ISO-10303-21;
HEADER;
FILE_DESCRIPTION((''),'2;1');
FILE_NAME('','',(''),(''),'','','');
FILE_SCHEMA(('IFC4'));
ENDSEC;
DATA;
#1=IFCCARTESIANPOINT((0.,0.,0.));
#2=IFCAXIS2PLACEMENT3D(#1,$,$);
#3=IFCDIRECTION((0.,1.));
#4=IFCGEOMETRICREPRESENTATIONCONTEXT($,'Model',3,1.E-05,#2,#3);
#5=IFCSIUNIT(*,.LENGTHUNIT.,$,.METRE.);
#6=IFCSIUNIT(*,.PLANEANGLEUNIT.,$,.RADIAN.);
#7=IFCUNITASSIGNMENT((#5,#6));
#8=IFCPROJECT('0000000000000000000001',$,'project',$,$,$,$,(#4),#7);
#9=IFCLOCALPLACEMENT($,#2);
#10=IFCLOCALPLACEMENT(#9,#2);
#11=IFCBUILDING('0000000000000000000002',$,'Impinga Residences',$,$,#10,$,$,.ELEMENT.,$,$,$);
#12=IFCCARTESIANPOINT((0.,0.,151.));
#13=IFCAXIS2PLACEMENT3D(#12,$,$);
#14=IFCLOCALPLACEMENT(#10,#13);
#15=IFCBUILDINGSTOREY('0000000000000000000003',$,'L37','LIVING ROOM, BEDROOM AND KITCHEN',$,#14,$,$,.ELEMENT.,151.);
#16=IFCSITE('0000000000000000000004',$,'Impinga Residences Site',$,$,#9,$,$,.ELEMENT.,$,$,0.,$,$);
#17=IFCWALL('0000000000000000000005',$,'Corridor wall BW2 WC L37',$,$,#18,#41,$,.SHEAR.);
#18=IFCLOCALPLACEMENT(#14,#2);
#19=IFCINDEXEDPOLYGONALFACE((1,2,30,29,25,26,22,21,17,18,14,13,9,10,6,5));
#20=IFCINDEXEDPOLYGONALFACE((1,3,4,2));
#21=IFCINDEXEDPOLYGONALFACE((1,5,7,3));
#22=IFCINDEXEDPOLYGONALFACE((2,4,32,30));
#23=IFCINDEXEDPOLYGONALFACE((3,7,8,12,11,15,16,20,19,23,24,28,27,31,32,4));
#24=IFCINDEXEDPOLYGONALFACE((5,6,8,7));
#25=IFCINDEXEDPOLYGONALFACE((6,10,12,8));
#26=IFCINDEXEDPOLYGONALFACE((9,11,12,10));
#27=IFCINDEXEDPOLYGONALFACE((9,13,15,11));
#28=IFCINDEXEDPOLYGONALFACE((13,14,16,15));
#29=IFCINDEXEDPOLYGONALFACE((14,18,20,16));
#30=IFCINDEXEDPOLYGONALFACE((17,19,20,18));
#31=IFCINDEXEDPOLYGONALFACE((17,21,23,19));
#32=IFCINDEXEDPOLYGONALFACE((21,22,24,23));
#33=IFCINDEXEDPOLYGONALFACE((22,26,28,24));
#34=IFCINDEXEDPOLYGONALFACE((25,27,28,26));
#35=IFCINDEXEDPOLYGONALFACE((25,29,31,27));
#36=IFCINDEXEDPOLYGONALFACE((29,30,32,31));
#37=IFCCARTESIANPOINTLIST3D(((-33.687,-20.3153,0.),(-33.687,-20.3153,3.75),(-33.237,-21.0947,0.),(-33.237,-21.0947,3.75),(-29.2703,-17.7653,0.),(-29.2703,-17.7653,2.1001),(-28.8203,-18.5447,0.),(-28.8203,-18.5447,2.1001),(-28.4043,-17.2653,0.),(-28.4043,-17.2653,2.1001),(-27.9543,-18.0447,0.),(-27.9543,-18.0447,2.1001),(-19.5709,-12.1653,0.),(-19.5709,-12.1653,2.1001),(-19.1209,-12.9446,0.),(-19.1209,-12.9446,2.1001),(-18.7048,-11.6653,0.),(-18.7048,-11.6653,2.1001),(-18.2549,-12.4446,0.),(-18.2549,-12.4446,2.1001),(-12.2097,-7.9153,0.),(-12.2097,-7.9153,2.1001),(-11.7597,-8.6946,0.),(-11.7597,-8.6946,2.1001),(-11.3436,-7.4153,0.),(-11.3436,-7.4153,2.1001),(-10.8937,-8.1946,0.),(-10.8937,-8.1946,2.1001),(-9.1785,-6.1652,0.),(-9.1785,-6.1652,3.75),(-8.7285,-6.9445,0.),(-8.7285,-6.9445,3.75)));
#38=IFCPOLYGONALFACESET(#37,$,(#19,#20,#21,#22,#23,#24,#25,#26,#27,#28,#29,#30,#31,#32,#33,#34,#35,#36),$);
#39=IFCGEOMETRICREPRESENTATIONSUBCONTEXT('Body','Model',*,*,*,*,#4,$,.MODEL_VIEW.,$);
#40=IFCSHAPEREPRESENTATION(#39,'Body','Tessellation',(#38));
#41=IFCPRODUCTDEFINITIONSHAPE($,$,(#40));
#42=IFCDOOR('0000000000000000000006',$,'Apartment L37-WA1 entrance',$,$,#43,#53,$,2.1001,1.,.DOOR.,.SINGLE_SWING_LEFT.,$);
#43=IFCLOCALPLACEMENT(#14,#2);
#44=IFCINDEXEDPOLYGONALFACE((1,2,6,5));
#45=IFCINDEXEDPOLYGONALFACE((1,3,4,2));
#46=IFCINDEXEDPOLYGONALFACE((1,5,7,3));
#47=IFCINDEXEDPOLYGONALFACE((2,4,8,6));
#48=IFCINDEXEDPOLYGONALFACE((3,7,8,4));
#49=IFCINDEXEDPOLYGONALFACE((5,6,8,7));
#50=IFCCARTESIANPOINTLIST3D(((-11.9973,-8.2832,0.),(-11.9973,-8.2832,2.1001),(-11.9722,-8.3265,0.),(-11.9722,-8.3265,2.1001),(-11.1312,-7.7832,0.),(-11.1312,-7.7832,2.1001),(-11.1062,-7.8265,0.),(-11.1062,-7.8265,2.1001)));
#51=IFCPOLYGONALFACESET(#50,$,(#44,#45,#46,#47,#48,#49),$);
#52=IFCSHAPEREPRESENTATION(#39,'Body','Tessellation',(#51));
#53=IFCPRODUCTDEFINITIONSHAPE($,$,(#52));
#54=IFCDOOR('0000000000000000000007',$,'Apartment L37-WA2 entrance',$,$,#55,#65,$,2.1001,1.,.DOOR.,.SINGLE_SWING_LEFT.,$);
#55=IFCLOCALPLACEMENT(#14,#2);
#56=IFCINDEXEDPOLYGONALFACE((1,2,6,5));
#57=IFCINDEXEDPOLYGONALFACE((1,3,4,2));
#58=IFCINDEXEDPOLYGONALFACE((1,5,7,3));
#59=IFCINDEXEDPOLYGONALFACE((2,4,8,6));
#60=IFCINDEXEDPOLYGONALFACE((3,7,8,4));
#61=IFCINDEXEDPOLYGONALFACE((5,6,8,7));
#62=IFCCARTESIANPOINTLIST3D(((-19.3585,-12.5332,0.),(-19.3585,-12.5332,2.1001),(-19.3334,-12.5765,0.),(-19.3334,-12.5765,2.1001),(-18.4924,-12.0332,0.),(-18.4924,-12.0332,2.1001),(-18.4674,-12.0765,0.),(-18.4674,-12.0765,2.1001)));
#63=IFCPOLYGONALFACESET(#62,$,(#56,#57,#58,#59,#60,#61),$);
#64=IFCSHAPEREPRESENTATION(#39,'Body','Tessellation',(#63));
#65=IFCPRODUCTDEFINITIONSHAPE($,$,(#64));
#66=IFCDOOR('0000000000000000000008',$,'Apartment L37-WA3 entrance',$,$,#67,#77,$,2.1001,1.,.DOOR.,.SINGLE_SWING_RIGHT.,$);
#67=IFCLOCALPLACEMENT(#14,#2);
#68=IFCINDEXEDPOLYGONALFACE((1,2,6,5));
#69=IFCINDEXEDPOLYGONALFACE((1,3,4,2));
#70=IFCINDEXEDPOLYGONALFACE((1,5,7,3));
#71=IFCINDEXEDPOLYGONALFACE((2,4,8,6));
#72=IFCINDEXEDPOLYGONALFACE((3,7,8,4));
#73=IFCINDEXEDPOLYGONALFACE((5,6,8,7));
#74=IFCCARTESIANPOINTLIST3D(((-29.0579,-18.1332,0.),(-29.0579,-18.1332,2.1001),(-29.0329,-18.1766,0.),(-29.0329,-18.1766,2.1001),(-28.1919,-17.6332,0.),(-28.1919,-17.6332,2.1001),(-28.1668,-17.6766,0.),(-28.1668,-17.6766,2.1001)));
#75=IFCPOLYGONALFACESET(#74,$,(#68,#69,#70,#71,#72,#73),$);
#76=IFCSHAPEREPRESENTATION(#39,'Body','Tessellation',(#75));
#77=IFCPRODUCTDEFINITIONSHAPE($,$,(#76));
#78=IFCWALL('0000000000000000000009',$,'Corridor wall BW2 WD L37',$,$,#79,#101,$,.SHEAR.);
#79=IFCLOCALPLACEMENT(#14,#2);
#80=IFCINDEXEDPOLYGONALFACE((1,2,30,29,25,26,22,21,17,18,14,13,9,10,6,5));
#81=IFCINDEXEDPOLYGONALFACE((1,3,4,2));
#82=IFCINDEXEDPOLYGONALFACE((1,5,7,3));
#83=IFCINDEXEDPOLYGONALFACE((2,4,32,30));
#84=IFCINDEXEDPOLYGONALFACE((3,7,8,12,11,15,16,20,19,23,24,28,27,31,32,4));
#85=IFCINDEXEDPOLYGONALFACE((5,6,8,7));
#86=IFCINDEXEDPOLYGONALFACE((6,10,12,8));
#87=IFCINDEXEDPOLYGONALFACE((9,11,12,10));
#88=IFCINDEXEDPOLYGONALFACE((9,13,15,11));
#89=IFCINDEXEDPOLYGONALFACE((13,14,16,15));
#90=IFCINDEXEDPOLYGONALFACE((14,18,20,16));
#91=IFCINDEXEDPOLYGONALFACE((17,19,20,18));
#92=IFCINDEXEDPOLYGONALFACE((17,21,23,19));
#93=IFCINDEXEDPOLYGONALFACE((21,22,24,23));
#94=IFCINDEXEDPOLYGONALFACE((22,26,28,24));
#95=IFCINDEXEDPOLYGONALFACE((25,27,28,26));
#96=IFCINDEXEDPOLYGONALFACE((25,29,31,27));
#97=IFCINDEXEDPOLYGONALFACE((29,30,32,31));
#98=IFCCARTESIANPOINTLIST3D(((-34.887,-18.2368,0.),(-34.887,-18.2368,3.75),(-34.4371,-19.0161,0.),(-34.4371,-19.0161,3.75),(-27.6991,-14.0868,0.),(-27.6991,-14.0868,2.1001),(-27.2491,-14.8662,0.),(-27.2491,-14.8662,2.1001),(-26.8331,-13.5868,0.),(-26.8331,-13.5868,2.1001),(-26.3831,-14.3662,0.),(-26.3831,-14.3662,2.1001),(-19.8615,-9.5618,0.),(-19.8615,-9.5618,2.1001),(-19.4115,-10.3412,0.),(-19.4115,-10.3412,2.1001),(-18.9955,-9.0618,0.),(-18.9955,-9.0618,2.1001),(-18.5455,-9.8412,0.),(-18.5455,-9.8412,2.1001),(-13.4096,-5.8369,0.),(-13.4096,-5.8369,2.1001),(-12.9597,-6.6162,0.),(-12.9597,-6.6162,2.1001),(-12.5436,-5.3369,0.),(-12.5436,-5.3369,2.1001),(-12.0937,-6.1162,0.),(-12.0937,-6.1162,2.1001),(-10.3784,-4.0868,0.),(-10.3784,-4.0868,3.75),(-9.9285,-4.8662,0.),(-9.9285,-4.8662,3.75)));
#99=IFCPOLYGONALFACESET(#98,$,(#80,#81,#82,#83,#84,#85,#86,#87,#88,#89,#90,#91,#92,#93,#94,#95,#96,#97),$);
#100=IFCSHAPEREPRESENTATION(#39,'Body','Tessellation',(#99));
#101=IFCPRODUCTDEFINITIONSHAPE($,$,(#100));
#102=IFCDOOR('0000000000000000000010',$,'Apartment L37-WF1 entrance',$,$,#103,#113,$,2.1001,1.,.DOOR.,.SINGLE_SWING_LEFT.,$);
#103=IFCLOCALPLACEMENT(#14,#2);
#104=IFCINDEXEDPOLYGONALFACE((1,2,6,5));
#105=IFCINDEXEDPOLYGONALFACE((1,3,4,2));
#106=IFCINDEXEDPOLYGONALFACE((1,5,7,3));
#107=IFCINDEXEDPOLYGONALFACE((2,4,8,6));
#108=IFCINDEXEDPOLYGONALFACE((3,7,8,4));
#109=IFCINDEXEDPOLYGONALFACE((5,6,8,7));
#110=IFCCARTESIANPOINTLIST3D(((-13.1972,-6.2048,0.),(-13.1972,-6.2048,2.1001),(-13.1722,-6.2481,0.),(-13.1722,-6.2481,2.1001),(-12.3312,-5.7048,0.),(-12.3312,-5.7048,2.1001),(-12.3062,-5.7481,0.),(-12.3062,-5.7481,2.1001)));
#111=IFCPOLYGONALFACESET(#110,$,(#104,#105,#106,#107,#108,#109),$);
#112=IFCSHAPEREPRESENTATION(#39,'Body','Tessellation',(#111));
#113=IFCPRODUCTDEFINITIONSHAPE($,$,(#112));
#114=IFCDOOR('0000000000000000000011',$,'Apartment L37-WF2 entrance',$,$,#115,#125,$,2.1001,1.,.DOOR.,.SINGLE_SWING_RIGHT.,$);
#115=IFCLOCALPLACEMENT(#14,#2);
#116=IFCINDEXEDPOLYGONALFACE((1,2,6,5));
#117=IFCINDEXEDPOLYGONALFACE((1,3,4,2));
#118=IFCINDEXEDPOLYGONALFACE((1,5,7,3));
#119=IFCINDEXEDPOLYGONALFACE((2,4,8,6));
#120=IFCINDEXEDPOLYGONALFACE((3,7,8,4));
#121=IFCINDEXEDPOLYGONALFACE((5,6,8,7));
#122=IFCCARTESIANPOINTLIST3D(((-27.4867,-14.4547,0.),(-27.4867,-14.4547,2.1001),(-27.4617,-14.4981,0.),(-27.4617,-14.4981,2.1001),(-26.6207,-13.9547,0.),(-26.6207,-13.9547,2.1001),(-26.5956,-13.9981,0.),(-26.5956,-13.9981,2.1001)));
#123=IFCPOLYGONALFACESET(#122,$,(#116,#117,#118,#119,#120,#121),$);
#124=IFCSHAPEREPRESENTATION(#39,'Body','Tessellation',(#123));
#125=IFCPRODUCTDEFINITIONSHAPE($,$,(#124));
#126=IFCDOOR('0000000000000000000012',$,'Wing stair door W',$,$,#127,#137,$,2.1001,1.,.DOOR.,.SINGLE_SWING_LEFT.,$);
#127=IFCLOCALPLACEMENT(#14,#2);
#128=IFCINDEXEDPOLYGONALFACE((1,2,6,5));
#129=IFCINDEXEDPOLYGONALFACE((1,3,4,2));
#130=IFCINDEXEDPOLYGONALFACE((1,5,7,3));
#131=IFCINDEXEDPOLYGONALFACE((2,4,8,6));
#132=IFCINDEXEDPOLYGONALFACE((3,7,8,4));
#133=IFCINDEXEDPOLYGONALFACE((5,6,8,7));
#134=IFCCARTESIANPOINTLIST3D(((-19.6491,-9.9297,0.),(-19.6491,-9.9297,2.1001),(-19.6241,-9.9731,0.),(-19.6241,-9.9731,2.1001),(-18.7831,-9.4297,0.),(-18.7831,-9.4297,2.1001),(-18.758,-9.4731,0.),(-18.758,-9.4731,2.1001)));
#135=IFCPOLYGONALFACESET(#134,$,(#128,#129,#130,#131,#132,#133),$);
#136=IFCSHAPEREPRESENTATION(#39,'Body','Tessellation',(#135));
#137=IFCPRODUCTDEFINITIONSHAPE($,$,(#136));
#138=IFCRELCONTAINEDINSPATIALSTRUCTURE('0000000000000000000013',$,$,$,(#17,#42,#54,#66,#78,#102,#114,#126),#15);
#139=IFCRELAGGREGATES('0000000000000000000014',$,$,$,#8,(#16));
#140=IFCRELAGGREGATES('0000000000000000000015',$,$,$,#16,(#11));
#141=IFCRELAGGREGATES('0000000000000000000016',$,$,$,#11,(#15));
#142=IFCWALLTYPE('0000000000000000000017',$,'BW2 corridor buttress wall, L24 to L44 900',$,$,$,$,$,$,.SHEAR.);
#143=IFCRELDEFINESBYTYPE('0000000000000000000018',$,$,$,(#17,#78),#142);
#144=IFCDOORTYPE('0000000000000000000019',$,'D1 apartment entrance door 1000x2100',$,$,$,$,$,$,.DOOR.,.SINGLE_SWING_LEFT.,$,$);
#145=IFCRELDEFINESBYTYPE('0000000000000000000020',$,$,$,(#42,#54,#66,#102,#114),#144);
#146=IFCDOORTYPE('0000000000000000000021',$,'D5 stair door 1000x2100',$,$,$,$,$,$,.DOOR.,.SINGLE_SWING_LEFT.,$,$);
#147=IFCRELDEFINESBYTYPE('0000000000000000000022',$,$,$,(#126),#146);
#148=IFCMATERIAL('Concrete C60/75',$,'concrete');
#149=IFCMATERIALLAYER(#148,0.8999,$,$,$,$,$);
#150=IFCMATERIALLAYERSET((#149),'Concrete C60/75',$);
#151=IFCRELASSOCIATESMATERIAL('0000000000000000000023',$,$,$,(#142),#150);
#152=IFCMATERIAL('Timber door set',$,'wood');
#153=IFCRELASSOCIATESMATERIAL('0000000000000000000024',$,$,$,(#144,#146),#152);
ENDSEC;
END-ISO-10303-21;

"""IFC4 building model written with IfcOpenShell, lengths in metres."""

from ifc_helpers import new_model, si_unit, direction, frame, frame_2d, origin, place, context, subcontext, project, spatial, rectangle, extrude, material, layer, layer_set, type_object, element, fill, save


model = new_model("IFC4")

# Units and contexts
model_context = context("Model", 3, precision=1e-05, world=origin(), true_north=direction((0.0, 1.0)))
body_context = subcontext(model_context, "Body", "Model", "MODEL_VIEW")
ifc_project = project(units=[si_unit("LENGTHUNIT", "METRE"), si_unit("PLANEANGLEUNIT", "RADIAN")], contexts=[model_context])

# Site, building, storey
site_placement = place(None, origin())
site = spatial("IfcSite", under=ifc_project, at=site_placement, Name="Impinga Residences Site", CompositionType="ELEMENT", RefElevation=0.0)
building_placement = place(site_placement, origin())
building = spatial("IfcBuilding", under=site, at=building_placement, Name="Impinga Residences", CompositionType="ELEMENT")
storey_placement = place(building_placement, frame((0.0, 0.0, 151.0)))
storey = spatial("IfcBuildingStorey", under=building, at=storey_placement, Name="L37", Description="LIVING ROOM, BEDROOM AND KITCHEN", CompositionType="ELEMENT", Elevation=151.0)

# Walls, openings, doors
ifc_material_1 = material(Name="Concrete C60/75", Category="concrete")
ifc_layer_1 = layer(ifc_material_1, 0.8999)
ifc_layer_set_1 = layer_set([ifc_layer_1], Name="Concrete C60/75")
wall_type_1 = type_object("IfcWallType", Name="BW2 corridor buttress wall, L24 to L44 900", PredefinedType="SHEAR", material=ifc_layer_set_1)
wall_1_placement = place(storey_placement, frame((-8.9536, -6.5549, 0.0), z_axis=(0.0, 0.0, 1.0), x_axis=(-0.866023, -0.500003, 0.0)))
wall_1 = element("IfcWall", 1, at=wall_1_placement, inside=storey, type_object=wall_type_1, Name="Corridor wall BW2 WC L37", PredefinedType="SHEAR", context=body_context, shape_type="SweptSolid", body=[
    extrude(rectangle(XDim=28.3, YDim=0.8999, at=frame_2d((14.1499, 0.0))), origin(), (0.0, 0.0, 1.0), 3.75),
])
opening_1_placement = place(wall_1_placement, frame((2.5, 0.0, 0.0)))
opening_1 = element("IfcOpeningElement", 2, at=opening_1_placement, cuts=wall_1, PredefinedType="OPENING", context=body_context, shape_type="SweptSolid", body=[
    extrude(rectangle(XDim=1.0, YDim=2.1001, at=frame_2d((0.5, 1.05))), frame((0.0, 0.46, 0.0), z_axis=(0.0, -1.0, 0.0), x_axis=(1.0, 0.0, 0.0)), (0.0, 0.0, 1.0), 0.9199),
])
opening_2_placement = place(wall_1_placement, frame((11.0, 0.0, 0.0)))
opening_2 = element("IfcOpeningElement", 3, at=opening_2_placement, cuts=wall_1, PredefinedType="OPENING", context=body_context, shape_type="SweptSolid", body=[
    extrude(rectangle(XDim=1.0, YDim=2.1001, at=frame_2d((0.5, 1.05))), frame((0.0, 0.46, 0.0), z_axis=(0.0, -1.0, 0.0), x_axis=(1.0, 0.0, 0.0)), (0.0, 0.0, 1.0), 0.9199),
])
opening_3_placement = place(wall_1_placement, frame((22.2, 0.0, 0.0)))
opening_3 = element("IfcOpeningElement", 4, at=opening_3_placement, cuts=wall_1, PredefinedType="OPENING", context=body_context, shape_type="SweptSolid", body=[
    extrude(rectangle(XDim=1.0, YDim=2.1001, at=frame_2d((0.5, 1.05))), frame((0.0, 0.46, 0.0), z_axis=(0.0, -1.0, 0.0), x_axis=(1.0, 0.0, 0.0)), (0.0, 0.0, 1.0), 0.9199),
])
ifc_material_2 = material(Name="Timber door set", Category="wood")
door_type_1 = type_object("IfcDoorType", Name="D1 apartment entrance door 1000x2100", OperationType="SINGLE_SWING_LEFT", PredefinedType="DOOR", material=ifc_material_2)
door_1_placement = place(opening_1_placement, origin())
door_1 = element("IfcDoor", 5, at=door_1_placement, inside=storey, type_object=door_type_1, Name="Apartment L37-WA1 entrance", OperationType="SINGLE_SWING_LEFT", OverallHeight=2.1001, OverallWidth=1.0, PredefinedType="DOOR", context=body_context, shape_type="SweptSolid", body=[
    extrude(rectangle(XDim=1.0, YDim=2.1001, at=frame_2d((0.5, 1.05))), frame((0.0, 0.0249, 0.0), z_axis=(0.0, -1.0, 0.0), x_axis=(1.0, 0.0, 0.0)), (0.0, 0.0, 1.0), 0.05),
])
fill(opening_1, door_1)
door_2_placement = place(opening_2_placement, origin())
door_2 = element("IfcDoor", 6, at=door_2_placement, inside=storey, type_object=door_type_1, Name="Apartment L37-WA2 entrance", OperationType="SINGLE_SWING_LEFT", OverallHeight=2.1001, OverallWidth=1.0, PredefinedType="DOOR", context=body_context, shape_type="SweptSolid", body=[
    extrude(rectangle(XDim=1.0, YDim=2.1001, at=frame_2d((0.5, 1.05))), frame((0.0, 0.0249, 0.0), z_axis=(0.0, -1.0, 0.0), x_axis=(1.0, 0.0, 0.0)), (0.0, 0.0, 1.0), 0.05),
])
fill(opening_2, door_2)
door_3_placement = place(opening_3_placement, origin())
door_3 = element("IfcDoor", 7, at=door_3_placement, inside=storey, type_object=door_type_1, Name="Apartment L37-WA3 entrance", OperationType="SINGLE_SWING_RIGHT", OverallHeight=2.1001, OverallWidth=1.0, PredefinedType="DOOR", context=body_context, shape_type="SweptSolid", body=[
    extrude(rectangle(XDim=1.0, YDim=2.1001, at=frame_2d((0.5, 1.05))), frame((0.0, 0.0249, 0.0), z_axis=(0.0, -1.0, 0.0), x_axis=(1.0, 0.0, 0.0)), (0.0, 0.0, 1.0), 0.05),
])
fill(opening_3, door_3)
wall_2_placement = place(storey_placement, frame((-10.1536, -4.4766, 0.0), z_axis=(0.0, 0.0, 1.0), x_axis=(-0.866027, -0.499997, 0.0)))
wall_2 = element("IfcWall", 8, at=wall_2_placement, inside=storey, type_object=wall_type_1, Name="Corridor wall BW2 WD L37", PredefinedType="SHEAR", context=body_context, shape_type="SweptSolid", body=[
    extrude(rectangle(XDim=28.3, YDim=0.8999, at=frame_2d((14.1499, 0.0))), origin(), (0.0, 0.0, 1.0), 3.75),
])
opening_4_placement = place(wall_2_placement, frame((9.95, 0.0, 0.0)))
opening_4 = element("IfcOpeningElement", 9, at=opening_4_placement, cuts=wall_2, PredefinedType="OPENING", context=body_context, shape_type="SweptSolid", body=[
    extrude(rectangle(XDim=1.0, YDim=2.1001, at=frame_2d((0.5, 1.05))), frame((0.0, 0.46, 0.0), z_axis=(0.0, -1.0, 0.0), x_axis=(1.0, 0.0, 0.0)), (0.0, 0.0, 1.0), 0.9199),
])
opening_5_placement = place(wall_2_placement, frame((2.5, 0.0, 0.0)))
opening_5 = element("IfcOpeningElement", 10, at=opening_5_placement, cuts=wall_2, PredefinedType="OPENING", context=body_context, shape_type="SweptSolid", body=[
    extrude(rectangle(XDim=1.0, YDim=2.1001, at=frame_2d((0.5, 1.05))), frame((0.0, 0.46, 0.0), z_axis=(0.0, -1.0, 0.0), x_axis=(1.0, 0.0, 0.0)), (0.0, 0.0, 1.0), 0.9199),
])
opening_6_placement = place(wall_2_placement, frame((19.0, 0.0, 0.0)))
opening_6 = element("IfcOpeningElement", 11, at=opening_6_placement, cuts=wall_2, PredefinedType="OPENING", context=body_context, shape_type="SweptSolid", body=[
    extrude(rectangle(XDim=1.0, YDim=2.1001, at=frame_2d((0.5, 1.05))), frame((0.0, 0.46, 0.0), z_axis=(0.0, -1.0, 0.0), x_axis=(1.0, 0.0, 0.0)), (0.0, 0.0, 1.0), 0.9199),
])
door_4_placement = place(opening_5_placement, origin())
door_4 = element("IfcDoor", 12, at=door_4_placement, inside=storey, type_object=door_type_1, Name="Apartment L37-WF1 entrance", OperationType="SINGLE_SWING_LEFT", OverallHeight=2.1001, OverallWidth=1.0, PredefinedType="DOOR", context=body_context, shape_type="SweptSolid", body=[
    extrude(rectangle(XDim=1.0, YDim=2.1001, at=frame_2d((0.5, 1.05))), frame((0.0, 0.0249, 0.0), z_axis=(0.0, -1.0, 0.0), x_axis=(1.0, 0.0, 0.0)), (0.0, 0.0, 1.0), 0.05),
])
fill(opening_5, door_4)
door_5_placement = place(opening_6_placement, origin())
door_5 = element("IfcDoor", 13, at=door_5_placement, inside=storey, type_object=door_type_1, Name="Apartment L37-WF2 entrance", OperationType="SINGLE_SWING_RIGHT", OverallHeight=2.1001, OverallWidth=1.0, PredefinedType="DOOR", context=body_context, shape_type="SweptSolid", body=[
    extrude(rectangle(XDim=1.0, YDim=2.1001, at=frame_2d((0.5, 1.05))), frame((0.0, 0.0249, 0.0), z_axis=(0.0, -1.0, 0.0), x_axis=(1.0, 0.0, 0.0)), (0.0, 0.0, 1.0), 0.05),
])
fill(opening_6, door_5)
door_type_2 = type_object("IfcDoorType", Name="D5 stair door 1000x2100", OperationType="SINGLE_SWING_LEFT", PredefinedType="DOOR", material=ifc_material_2)
door_6_placement = place(opening_4_placement, origin())
door_6 = element("IfcDoor", 14, at=door_6_placement, inside=storey, type_object=door_type_2, Name="Wing stair door W", OperationType="SINGLE_SWING_LEFT", OverallHeight=2.1001, OverallWidth=1.0, PredefinedType="DOOR", context=body_context, shape_type="SweptSolid", body=[
    extrude(rectangle(XDim=1.0, YDim=2.1001, at=frame_2d((0.5, 1.05))), frame((0.0, 0.0249, 0.0), z_axis=(0.0, -1.0, 0.0), x_axis=(1.0, 0.0, 0.0)), (0.0, 0.0, 1.0), 0.05),
])
fill(opening_4, door_6)

save(model, "model.ifc")
